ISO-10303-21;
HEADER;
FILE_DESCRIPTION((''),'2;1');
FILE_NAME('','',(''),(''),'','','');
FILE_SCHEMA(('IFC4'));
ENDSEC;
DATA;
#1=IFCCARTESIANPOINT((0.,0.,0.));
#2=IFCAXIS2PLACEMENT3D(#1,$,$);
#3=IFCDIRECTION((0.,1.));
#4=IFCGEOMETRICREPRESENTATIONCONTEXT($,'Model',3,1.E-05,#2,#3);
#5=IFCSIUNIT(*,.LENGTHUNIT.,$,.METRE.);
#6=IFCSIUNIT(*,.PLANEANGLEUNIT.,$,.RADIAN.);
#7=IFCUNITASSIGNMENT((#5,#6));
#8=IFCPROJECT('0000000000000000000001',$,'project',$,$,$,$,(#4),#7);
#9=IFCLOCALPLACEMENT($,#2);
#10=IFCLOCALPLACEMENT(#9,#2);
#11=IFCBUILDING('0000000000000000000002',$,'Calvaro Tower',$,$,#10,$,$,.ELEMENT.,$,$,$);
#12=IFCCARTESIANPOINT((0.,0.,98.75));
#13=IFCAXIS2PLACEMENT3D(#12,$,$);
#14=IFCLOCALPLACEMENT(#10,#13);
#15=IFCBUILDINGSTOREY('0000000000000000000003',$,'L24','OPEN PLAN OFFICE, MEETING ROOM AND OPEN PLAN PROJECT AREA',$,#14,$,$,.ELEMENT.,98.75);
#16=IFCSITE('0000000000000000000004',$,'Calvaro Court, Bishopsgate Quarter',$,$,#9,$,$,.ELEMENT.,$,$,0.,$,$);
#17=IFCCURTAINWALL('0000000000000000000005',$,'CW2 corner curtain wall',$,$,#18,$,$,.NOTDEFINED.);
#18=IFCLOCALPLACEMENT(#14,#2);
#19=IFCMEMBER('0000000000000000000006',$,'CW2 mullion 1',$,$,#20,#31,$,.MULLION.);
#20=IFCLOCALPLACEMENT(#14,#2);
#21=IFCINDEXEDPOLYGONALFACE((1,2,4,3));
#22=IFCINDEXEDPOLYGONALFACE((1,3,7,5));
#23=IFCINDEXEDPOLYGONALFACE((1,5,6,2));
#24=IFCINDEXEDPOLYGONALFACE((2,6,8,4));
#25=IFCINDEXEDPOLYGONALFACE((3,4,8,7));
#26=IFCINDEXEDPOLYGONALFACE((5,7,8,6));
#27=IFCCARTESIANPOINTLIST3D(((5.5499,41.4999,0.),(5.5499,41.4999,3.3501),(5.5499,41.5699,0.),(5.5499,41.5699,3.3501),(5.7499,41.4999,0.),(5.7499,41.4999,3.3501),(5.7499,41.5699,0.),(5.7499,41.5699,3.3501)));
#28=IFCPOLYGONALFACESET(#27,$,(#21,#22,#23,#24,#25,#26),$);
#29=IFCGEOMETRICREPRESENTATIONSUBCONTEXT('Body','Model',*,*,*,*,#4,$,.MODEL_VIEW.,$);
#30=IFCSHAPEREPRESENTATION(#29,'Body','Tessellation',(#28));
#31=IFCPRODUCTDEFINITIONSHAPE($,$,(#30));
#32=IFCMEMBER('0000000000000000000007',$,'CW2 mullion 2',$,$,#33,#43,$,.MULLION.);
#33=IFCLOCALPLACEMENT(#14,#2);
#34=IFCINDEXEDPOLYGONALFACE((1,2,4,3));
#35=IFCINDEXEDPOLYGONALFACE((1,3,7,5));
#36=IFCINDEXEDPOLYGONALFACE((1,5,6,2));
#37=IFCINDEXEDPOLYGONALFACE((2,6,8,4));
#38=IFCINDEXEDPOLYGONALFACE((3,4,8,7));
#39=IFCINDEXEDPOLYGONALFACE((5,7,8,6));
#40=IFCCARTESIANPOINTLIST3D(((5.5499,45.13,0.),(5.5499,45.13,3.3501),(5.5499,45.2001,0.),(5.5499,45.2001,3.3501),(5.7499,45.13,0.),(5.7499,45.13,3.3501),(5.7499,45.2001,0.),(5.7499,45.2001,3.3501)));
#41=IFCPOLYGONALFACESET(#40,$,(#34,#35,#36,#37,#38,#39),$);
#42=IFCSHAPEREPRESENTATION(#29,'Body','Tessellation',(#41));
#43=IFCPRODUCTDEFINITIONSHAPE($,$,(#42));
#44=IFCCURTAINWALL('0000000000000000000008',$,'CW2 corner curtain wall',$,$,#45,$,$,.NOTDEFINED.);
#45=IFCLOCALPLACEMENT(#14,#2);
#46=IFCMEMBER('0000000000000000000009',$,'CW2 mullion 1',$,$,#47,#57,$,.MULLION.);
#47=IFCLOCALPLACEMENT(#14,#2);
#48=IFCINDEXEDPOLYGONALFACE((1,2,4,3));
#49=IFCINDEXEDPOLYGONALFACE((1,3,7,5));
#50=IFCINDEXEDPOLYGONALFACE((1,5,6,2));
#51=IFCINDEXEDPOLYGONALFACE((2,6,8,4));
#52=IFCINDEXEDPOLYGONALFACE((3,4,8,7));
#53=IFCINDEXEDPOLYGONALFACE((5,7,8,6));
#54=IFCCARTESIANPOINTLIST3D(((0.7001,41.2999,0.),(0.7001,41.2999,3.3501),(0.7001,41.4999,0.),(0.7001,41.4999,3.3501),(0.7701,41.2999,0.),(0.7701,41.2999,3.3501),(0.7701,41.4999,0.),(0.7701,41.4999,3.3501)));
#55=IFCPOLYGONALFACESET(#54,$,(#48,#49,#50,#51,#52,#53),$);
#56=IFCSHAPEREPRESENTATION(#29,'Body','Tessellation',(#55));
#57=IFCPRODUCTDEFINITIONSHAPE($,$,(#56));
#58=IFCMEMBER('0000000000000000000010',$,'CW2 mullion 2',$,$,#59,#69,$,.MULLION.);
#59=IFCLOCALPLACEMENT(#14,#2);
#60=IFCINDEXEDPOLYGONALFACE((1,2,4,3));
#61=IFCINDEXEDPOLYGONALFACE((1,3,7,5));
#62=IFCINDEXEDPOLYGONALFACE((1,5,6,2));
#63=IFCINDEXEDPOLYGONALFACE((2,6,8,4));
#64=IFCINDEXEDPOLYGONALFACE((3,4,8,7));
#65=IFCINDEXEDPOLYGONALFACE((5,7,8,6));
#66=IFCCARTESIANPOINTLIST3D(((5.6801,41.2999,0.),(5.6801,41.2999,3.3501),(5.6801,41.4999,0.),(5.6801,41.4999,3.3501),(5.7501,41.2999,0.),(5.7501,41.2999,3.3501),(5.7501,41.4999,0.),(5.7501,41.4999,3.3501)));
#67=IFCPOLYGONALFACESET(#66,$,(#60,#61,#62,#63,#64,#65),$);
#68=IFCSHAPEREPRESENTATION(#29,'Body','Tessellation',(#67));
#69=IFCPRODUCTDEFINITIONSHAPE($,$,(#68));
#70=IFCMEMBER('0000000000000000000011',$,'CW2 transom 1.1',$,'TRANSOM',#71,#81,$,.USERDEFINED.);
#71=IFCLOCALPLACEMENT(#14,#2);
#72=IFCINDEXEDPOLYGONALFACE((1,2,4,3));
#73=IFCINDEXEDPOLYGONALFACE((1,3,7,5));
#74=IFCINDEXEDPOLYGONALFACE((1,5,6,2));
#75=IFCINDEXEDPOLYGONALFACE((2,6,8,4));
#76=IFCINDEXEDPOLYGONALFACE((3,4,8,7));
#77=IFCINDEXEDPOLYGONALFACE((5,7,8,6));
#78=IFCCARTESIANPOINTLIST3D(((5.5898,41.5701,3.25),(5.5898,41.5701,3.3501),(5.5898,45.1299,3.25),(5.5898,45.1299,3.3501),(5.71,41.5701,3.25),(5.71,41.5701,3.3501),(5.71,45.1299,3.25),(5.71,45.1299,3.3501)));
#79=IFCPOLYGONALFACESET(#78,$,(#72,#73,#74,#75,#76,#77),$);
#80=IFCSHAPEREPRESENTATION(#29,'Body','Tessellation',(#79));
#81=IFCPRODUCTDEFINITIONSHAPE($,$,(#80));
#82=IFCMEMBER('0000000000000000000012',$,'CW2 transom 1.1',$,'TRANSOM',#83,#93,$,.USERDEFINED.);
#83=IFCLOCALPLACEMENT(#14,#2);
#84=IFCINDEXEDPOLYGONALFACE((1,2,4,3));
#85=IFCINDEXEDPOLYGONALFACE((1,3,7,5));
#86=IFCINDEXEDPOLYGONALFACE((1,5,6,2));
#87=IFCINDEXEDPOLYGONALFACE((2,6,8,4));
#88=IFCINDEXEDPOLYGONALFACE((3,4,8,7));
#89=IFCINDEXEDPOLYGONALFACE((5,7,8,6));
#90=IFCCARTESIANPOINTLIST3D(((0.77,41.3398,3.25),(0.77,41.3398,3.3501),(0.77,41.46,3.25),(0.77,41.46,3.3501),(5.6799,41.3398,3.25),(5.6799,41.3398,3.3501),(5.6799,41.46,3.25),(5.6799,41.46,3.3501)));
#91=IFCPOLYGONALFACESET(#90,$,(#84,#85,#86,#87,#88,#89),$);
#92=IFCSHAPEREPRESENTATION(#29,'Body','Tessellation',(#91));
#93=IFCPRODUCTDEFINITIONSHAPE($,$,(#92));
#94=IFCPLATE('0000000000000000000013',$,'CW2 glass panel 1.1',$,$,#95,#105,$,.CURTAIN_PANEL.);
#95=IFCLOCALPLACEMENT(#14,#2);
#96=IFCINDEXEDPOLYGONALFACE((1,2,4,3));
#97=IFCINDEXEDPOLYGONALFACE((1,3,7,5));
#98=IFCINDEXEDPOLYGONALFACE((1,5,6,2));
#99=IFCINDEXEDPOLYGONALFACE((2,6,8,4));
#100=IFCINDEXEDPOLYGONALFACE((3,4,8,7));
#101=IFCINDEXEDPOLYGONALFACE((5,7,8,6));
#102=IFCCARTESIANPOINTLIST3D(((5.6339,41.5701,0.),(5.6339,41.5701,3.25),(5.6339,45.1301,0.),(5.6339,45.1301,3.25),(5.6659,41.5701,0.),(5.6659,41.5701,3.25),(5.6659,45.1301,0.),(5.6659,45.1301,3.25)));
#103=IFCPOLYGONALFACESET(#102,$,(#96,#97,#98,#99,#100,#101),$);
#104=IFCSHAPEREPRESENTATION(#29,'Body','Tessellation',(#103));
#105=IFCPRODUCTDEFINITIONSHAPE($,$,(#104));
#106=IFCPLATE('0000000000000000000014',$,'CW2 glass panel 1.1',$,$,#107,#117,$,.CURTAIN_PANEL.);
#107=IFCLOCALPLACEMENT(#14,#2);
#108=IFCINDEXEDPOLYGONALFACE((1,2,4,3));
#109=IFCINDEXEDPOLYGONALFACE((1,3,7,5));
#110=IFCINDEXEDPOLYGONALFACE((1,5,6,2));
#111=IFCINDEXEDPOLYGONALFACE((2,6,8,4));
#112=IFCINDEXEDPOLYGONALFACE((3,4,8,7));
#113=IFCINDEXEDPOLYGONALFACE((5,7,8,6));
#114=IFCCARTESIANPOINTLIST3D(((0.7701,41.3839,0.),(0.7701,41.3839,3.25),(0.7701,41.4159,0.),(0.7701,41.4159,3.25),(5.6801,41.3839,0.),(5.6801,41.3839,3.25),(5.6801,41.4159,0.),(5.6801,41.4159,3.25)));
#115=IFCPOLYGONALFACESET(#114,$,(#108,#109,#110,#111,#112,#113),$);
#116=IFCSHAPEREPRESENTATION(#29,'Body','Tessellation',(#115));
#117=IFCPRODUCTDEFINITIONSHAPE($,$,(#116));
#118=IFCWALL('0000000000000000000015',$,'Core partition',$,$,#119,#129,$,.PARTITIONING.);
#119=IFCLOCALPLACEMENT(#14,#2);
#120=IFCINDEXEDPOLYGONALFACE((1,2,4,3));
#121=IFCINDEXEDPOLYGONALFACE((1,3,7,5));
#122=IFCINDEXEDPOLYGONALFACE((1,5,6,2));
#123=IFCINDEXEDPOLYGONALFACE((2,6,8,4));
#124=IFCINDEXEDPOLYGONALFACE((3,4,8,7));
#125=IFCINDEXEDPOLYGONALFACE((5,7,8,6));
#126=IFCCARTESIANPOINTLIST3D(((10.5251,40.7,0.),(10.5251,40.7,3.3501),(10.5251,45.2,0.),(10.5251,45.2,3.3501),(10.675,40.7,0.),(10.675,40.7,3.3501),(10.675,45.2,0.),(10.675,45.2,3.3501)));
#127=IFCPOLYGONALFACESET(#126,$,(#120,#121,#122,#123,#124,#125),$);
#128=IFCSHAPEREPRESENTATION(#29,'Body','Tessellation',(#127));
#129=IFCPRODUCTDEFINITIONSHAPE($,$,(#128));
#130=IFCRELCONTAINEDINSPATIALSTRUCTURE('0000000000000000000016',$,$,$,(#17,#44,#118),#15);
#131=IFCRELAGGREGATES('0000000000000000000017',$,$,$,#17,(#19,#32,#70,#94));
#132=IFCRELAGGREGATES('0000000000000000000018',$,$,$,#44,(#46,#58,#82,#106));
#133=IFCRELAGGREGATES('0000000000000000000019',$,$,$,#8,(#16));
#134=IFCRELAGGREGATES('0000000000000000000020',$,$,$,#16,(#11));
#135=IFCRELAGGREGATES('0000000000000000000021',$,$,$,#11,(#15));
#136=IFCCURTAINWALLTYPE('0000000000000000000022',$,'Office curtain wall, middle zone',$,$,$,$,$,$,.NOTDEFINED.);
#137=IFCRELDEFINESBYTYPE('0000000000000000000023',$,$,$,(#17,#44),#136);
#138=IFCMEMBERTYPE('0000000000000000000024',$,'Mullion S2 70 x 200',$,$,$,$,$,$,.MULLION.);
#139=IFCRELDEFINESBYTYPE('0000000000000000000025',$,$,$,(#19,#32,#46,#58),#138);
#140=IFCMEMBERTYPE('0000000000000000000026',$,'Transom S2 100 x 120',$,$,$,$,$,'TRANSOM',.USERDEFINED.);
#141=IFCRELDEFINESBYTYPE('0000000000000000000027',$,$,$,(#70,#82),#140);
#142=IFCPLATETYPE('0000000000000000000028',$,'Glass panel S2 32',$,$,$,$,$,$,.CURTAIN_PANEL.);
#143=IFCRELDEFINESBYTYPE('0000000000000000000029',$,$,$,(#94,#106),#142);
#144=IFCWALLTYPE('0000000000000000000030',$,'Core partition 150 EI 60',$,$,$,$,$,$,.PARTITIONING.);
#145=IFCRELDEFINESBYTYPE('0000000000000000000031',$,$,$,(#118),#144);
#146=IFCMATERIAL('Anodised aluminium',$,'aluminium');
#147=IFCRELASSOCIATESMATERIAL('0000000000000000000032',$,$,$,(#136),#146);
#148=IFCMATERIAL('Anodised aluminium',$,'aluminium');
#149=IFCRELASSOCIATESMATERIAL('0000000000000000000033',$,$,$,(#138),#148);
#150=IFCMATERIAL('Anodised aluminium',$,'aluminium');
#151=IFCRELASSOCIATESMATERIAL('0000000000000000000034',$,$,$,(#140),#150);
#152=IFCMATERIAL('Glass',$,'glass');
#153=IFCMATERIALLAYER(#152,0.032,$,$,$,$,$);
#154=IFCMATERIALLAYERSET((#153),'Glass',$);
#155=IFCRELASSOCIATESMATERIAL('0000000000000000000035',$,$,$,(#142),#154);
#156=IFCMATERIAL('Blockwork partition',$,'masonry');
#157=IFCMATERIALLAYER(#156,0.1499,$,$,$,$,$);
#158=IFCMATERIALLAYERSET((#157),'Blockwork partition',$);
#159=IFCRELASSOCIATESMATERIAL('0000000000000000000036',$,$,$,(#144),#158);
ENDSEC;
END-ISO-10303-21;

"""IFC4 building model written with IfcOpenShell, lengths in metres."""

from ifc_helpers import new_model, si_unit, direction, frame, frame_2d, origin, origin_2d, place, context, subcontext, project, spatial, rectangle, extrude, material, layer, layer_set, material_profile, profile_set, type_object, element, aggregate, save


model = new_model("IFC4")

# Units and contexts
model_context = context("Model", 3, precision=1e-05, world=origin(), true_north=direction((0.0, 1.0)))
body_context = subcontext(model_context, "Body", "Model", "MODEL_VIEW")
ifc_project = project(units=[si_unit("LENGTHUNIT", "METRE"), si_unit("PLANEANGLEUNIT", "RADIAN")], contexts=[model_context])

# Site, building, storey
site_placement = place(None, origin())
site = spatial("IfcSite", under=ifc_project, at=site_placement, Name="Calvaro Court, Bishopsgate Quarter", CompositionType="ELEMENT", RefElevation=0.0)
building_placement = place(site_placement, origin())
building = spatial("IfcBuilding", under=site, at=building_placement, Name="Calvaro Tower", CompositionType="ELEMENT")
storey_placement = place(building_placement, frame((0.0, 0.0, 98.75)))
storey = spatial("IfcBuildingStorey", under=building, at=storey_placement, Name="L24", Description="OPEN PLAN OFFICE, MEETING ROOM AND OPEN PLAN PROJECT AREA", CompositionType="ELEMENT", Elevation=98.75)

# Curtain walls, members
ifc_material_1 = material(Name="Anodised aluminium", Category="aluminium")
curtain_wall_type = type_object("IfcCurtainWallType", Name="Office curtain wall, middle zone", PredefinedType="NOTDEFINED", material=ifc_material_1)
curtain_wall_1_placement = place(storey_placement, origin())
curtain_wall_1 = element("IfcCurtainWall", 1, at=curtain_wall_1_placement, inside=storey, type_object=curtain_wall_type, Name="CW2 corner curtain wall", PredefinedType="NOTDEFINED")
ifc_material_2 = material(Name="Anodised aluminium", Category="aluminium")
ifc_material_profile_1 = material_profile(ifc_material_2, rectangle(XDim=0.2, YDim=0.0701, at=origin_2d()), Name="Mullion S2 70 x 200")
ifc_profile_set_1 = profile_set([ifc_material_profile_1], Name="Anodised aluminium")
member_type_1 = type_object("IfcMemberType", Name="Mullion S2 70 x 200", PredefinedType="MULLION", material=ifc_profile_set_1)
member_1_placement = place(storey_placement, frame((5.6499, 41.5349, 0.0), z_axis=(0.0, 0.0, 1.0), x_axis=(-1.0, 0.0, 0.0)))
member_1 = element("IfcMember", 2, at=member_1_placement, type_object=member_type_1, Name="CW2 mullion 1", PredefinedType="MULLION", context=body_context, shape_type="SweptSolid", body=[
    extrude(rectangle(XDim=0.2, YDim=0.0701, at=origin_2d()), origin(), (0.0, 0.0, 1.0), 3.3501),
])
member_2_placement = place(storey_placement, frame((5.6499, 45.165, 0.0), z_axis=(0.0, 0.0, 1.0), x_axis=(-1.0, 0.0, 0.0)))
member_2 = element("IfcMember", 3, at=member_2_placement, type_object=member_type_1, Name="CW2 mullion 2", PredefinedType="MULLION", context=body_context, shape_type="SweptSolid", body=[
    extrude(rectangle(XDim=0.2, YDim=0.0701, at=origin_2d()), origin(), (0.0, 0.0, 1.0), 3.3501),
])
curtain_wall_2_placement = place(storey_placement, origin())
curtain_wall_2 = element("IfcCurtainWall", 4, at=curtain_wall_2_placement, inside=storey, type_object=curtain_wall_type, Name="CW2 corner curtain wall", PredefinedType="NOTDEFINED")
member_3_placement = place(storey_placement, frame((0.7351, 41.3999, 0.0), z_axis=(0.0, 0.0, 1.0), x_axis=(0.0, 1.0, 0.0)))
member_3 = element("IfcMember", 5, at=member_3_placement, type_object=member_type_1, Name="CW2 mullion 1", PredefinedType="MULLION", context=body_context, shape_type="SweptSolid", body=[
    extrude(rectangle(XDim=0.2, YDim=0.0701, at=origin_2d()), origin(), (0.0, 0.0, 1.0), 3.3501),
])
member_4_placement = place(storey_placement, frame((5.7151, 41.3999, 0.0), z_axis=(0.0, 0.0, 1.0), x_axis=(0.0, 1.0, 0.0)))
member_4 = element("IfcMember", 6, at=member_4_placement, type_object=member_type_1, Name="CW2 mullion 2", PredefinedType="MULLION", context=body_context, shape_type="SweptSolid", body=[
    extrude(rectangle(XDim=0.2, YDim=0.0701, at=origin_2d()), origin(), (0.0, 0.0, 1.0), 3.3501),
])

# Members
ifc_material_3 = material(Name="Anodised aluminium", Category="aluminium")
ifc_material_profile_2 = material_profile(ifc_material_3, rectangle(XDim=0.1201, YDim=0.1001, at=origin_2d()), Name="Transom S2 100 x 120")
ifc_profile_set_2 = profile_set([ifc_material_profile_2], Name="Anodised aluminium")
member_type_2 = type_object("IfcMemberType", Name="Transom S2 100 x 120", ElementType="TRANSOM", PredefinedType="USERDEFINED", material=ifc_profile_set_2)
member_5_placement = place(storey_placement, frame((5.6499, 41.5701, 3.3), z_axis=(0.0, 1.0, 0.0), x_axis=(-1.0, 0.0, 0.0)))
member_5 = element("IfcMember", 7, at=member_5_placement, type_object=member_type_2, Name="CW2 transom 1.1", ObjectType="TRANSOM", PredefinedType="USERDEFINED", context=body_context, shape_type="SweptSolid", body=[
    extrude(rectangle(XDim=0.1201, YDim=0.1001, at=origin_2d()), origin(), (0.0, 0.0, 1.0), 3.5598),
])
member_6_placement = place(storey_placement, frame((0.77, 41.3999, 3.3), z_axis=(1.0, 0.0, 0.0), x_axis=(0.0, 1.0, 0.0)))
member_6 = element("IfcMember", 8, at=member_6_placement, type_object=member_type_2, Name="CW2 transom 1.1", ObjectType="TRANSOM", PredefinedType="USERDEFINED", context=body_context, shape_type="SweptSolid", body=[
    extrude(rectangle(XDim=0.1201, YDim=0.1001, at=origin_2d()), origin(), (0.0, 0.0, 1.0), 4.9099),
])

# Plates
ifc_material_4 = material(Name="Glass", Category="glass")
ifc_layer_1 = layer(ifc_material_4, 0.032)
ifc_layer_set_1 = layer_set([ifc_layer_1], Name="Glass")
plate_type = type_object("IfcPlateType", Name="Glass panel S2 32", PredefinedType="CURTAIN_PANEL", material=ifc_layer_set_1)
plate_1_placement = place(storey_placement, frame((5.6499, 43.3501, 0.0), z_axis=(0.0, 0.0, 1.0), x_axis=(0.0, 1.0, 0.0)))
plate_1 = element("IfcPlate", 9, at=plate_1_placement, type_object=plate_type, Name="CW2 glass panel 1.1", PredefinedType="CURTAIN_PANEL", context=body_context, shape_type="SweptSolid", body=[
    extrude(rectangle(XDim=3.5601, YDim=0.032, at=origin_2d()), origin(), (0.0, 0.0, 1.0), 3.25),
])
aggregate(curtain_wall_1, [member_1, member_2, member_5, plate_1])
plate_2_placement = place(storey_placement, frame((3.2251, 41.3999, 0.0), z_axis=(0.0, 0.0, 1.0), x_axis=(1.0, 0.0, 0.0)))
plate_2 = element("IfcPlate", 10, at=plate_2_placement, type_object=plate_type, Name="CW2 glass panel 1.1", PredefinedType="CURTAIN_PANEL", context=body_context, shape_type="SweptSolid", body=[
    extrude(rectangle(XDim=4.9099, YDim=0.032, at=origin_2d()), origin(), (0.0, 0.0, 1.0), 3.25),
])
aggregate(curtain_wall_2, [member_3, member_4, member_6, plate_2])

# Wall
ifc_material_5 = material(Name="Blockwork partition", Category="masonry")
ifc_layer_2 = layer(ifc_material_5, 0.1499)
ifc_layer_set_2 = layer_set([ifc_layer_2], Name="Blockwork partition")
wall_type_1 = type_object("IfcWallType", Name="Core partition 150 EI 60", PredefinedType="PARTITIONING", material=ifc_layer_set_2)
wall_1_placement = place(storey_placement, frame((10.6001, 40.7, 0.0), z_axis=(0.0, 0.0, 1.0), x_axis=(0.0, 1.0, 0.0)))
element("IfcWall", 11, at=wall_1_placement, inside=storey, type_object=wall_type_1, Name="Core partition", PredefinedType="PARTITIONING", context=body_context, shape_type="SweptSolid", body=[
    extrude(rectangle(XDim=4.5, YDim=0.1499, at=frame_2d((2.25, 0.0))), origin(), (0.0, 0.0, 1.0), 3.3501),
])

save(model, "model.ifc")
